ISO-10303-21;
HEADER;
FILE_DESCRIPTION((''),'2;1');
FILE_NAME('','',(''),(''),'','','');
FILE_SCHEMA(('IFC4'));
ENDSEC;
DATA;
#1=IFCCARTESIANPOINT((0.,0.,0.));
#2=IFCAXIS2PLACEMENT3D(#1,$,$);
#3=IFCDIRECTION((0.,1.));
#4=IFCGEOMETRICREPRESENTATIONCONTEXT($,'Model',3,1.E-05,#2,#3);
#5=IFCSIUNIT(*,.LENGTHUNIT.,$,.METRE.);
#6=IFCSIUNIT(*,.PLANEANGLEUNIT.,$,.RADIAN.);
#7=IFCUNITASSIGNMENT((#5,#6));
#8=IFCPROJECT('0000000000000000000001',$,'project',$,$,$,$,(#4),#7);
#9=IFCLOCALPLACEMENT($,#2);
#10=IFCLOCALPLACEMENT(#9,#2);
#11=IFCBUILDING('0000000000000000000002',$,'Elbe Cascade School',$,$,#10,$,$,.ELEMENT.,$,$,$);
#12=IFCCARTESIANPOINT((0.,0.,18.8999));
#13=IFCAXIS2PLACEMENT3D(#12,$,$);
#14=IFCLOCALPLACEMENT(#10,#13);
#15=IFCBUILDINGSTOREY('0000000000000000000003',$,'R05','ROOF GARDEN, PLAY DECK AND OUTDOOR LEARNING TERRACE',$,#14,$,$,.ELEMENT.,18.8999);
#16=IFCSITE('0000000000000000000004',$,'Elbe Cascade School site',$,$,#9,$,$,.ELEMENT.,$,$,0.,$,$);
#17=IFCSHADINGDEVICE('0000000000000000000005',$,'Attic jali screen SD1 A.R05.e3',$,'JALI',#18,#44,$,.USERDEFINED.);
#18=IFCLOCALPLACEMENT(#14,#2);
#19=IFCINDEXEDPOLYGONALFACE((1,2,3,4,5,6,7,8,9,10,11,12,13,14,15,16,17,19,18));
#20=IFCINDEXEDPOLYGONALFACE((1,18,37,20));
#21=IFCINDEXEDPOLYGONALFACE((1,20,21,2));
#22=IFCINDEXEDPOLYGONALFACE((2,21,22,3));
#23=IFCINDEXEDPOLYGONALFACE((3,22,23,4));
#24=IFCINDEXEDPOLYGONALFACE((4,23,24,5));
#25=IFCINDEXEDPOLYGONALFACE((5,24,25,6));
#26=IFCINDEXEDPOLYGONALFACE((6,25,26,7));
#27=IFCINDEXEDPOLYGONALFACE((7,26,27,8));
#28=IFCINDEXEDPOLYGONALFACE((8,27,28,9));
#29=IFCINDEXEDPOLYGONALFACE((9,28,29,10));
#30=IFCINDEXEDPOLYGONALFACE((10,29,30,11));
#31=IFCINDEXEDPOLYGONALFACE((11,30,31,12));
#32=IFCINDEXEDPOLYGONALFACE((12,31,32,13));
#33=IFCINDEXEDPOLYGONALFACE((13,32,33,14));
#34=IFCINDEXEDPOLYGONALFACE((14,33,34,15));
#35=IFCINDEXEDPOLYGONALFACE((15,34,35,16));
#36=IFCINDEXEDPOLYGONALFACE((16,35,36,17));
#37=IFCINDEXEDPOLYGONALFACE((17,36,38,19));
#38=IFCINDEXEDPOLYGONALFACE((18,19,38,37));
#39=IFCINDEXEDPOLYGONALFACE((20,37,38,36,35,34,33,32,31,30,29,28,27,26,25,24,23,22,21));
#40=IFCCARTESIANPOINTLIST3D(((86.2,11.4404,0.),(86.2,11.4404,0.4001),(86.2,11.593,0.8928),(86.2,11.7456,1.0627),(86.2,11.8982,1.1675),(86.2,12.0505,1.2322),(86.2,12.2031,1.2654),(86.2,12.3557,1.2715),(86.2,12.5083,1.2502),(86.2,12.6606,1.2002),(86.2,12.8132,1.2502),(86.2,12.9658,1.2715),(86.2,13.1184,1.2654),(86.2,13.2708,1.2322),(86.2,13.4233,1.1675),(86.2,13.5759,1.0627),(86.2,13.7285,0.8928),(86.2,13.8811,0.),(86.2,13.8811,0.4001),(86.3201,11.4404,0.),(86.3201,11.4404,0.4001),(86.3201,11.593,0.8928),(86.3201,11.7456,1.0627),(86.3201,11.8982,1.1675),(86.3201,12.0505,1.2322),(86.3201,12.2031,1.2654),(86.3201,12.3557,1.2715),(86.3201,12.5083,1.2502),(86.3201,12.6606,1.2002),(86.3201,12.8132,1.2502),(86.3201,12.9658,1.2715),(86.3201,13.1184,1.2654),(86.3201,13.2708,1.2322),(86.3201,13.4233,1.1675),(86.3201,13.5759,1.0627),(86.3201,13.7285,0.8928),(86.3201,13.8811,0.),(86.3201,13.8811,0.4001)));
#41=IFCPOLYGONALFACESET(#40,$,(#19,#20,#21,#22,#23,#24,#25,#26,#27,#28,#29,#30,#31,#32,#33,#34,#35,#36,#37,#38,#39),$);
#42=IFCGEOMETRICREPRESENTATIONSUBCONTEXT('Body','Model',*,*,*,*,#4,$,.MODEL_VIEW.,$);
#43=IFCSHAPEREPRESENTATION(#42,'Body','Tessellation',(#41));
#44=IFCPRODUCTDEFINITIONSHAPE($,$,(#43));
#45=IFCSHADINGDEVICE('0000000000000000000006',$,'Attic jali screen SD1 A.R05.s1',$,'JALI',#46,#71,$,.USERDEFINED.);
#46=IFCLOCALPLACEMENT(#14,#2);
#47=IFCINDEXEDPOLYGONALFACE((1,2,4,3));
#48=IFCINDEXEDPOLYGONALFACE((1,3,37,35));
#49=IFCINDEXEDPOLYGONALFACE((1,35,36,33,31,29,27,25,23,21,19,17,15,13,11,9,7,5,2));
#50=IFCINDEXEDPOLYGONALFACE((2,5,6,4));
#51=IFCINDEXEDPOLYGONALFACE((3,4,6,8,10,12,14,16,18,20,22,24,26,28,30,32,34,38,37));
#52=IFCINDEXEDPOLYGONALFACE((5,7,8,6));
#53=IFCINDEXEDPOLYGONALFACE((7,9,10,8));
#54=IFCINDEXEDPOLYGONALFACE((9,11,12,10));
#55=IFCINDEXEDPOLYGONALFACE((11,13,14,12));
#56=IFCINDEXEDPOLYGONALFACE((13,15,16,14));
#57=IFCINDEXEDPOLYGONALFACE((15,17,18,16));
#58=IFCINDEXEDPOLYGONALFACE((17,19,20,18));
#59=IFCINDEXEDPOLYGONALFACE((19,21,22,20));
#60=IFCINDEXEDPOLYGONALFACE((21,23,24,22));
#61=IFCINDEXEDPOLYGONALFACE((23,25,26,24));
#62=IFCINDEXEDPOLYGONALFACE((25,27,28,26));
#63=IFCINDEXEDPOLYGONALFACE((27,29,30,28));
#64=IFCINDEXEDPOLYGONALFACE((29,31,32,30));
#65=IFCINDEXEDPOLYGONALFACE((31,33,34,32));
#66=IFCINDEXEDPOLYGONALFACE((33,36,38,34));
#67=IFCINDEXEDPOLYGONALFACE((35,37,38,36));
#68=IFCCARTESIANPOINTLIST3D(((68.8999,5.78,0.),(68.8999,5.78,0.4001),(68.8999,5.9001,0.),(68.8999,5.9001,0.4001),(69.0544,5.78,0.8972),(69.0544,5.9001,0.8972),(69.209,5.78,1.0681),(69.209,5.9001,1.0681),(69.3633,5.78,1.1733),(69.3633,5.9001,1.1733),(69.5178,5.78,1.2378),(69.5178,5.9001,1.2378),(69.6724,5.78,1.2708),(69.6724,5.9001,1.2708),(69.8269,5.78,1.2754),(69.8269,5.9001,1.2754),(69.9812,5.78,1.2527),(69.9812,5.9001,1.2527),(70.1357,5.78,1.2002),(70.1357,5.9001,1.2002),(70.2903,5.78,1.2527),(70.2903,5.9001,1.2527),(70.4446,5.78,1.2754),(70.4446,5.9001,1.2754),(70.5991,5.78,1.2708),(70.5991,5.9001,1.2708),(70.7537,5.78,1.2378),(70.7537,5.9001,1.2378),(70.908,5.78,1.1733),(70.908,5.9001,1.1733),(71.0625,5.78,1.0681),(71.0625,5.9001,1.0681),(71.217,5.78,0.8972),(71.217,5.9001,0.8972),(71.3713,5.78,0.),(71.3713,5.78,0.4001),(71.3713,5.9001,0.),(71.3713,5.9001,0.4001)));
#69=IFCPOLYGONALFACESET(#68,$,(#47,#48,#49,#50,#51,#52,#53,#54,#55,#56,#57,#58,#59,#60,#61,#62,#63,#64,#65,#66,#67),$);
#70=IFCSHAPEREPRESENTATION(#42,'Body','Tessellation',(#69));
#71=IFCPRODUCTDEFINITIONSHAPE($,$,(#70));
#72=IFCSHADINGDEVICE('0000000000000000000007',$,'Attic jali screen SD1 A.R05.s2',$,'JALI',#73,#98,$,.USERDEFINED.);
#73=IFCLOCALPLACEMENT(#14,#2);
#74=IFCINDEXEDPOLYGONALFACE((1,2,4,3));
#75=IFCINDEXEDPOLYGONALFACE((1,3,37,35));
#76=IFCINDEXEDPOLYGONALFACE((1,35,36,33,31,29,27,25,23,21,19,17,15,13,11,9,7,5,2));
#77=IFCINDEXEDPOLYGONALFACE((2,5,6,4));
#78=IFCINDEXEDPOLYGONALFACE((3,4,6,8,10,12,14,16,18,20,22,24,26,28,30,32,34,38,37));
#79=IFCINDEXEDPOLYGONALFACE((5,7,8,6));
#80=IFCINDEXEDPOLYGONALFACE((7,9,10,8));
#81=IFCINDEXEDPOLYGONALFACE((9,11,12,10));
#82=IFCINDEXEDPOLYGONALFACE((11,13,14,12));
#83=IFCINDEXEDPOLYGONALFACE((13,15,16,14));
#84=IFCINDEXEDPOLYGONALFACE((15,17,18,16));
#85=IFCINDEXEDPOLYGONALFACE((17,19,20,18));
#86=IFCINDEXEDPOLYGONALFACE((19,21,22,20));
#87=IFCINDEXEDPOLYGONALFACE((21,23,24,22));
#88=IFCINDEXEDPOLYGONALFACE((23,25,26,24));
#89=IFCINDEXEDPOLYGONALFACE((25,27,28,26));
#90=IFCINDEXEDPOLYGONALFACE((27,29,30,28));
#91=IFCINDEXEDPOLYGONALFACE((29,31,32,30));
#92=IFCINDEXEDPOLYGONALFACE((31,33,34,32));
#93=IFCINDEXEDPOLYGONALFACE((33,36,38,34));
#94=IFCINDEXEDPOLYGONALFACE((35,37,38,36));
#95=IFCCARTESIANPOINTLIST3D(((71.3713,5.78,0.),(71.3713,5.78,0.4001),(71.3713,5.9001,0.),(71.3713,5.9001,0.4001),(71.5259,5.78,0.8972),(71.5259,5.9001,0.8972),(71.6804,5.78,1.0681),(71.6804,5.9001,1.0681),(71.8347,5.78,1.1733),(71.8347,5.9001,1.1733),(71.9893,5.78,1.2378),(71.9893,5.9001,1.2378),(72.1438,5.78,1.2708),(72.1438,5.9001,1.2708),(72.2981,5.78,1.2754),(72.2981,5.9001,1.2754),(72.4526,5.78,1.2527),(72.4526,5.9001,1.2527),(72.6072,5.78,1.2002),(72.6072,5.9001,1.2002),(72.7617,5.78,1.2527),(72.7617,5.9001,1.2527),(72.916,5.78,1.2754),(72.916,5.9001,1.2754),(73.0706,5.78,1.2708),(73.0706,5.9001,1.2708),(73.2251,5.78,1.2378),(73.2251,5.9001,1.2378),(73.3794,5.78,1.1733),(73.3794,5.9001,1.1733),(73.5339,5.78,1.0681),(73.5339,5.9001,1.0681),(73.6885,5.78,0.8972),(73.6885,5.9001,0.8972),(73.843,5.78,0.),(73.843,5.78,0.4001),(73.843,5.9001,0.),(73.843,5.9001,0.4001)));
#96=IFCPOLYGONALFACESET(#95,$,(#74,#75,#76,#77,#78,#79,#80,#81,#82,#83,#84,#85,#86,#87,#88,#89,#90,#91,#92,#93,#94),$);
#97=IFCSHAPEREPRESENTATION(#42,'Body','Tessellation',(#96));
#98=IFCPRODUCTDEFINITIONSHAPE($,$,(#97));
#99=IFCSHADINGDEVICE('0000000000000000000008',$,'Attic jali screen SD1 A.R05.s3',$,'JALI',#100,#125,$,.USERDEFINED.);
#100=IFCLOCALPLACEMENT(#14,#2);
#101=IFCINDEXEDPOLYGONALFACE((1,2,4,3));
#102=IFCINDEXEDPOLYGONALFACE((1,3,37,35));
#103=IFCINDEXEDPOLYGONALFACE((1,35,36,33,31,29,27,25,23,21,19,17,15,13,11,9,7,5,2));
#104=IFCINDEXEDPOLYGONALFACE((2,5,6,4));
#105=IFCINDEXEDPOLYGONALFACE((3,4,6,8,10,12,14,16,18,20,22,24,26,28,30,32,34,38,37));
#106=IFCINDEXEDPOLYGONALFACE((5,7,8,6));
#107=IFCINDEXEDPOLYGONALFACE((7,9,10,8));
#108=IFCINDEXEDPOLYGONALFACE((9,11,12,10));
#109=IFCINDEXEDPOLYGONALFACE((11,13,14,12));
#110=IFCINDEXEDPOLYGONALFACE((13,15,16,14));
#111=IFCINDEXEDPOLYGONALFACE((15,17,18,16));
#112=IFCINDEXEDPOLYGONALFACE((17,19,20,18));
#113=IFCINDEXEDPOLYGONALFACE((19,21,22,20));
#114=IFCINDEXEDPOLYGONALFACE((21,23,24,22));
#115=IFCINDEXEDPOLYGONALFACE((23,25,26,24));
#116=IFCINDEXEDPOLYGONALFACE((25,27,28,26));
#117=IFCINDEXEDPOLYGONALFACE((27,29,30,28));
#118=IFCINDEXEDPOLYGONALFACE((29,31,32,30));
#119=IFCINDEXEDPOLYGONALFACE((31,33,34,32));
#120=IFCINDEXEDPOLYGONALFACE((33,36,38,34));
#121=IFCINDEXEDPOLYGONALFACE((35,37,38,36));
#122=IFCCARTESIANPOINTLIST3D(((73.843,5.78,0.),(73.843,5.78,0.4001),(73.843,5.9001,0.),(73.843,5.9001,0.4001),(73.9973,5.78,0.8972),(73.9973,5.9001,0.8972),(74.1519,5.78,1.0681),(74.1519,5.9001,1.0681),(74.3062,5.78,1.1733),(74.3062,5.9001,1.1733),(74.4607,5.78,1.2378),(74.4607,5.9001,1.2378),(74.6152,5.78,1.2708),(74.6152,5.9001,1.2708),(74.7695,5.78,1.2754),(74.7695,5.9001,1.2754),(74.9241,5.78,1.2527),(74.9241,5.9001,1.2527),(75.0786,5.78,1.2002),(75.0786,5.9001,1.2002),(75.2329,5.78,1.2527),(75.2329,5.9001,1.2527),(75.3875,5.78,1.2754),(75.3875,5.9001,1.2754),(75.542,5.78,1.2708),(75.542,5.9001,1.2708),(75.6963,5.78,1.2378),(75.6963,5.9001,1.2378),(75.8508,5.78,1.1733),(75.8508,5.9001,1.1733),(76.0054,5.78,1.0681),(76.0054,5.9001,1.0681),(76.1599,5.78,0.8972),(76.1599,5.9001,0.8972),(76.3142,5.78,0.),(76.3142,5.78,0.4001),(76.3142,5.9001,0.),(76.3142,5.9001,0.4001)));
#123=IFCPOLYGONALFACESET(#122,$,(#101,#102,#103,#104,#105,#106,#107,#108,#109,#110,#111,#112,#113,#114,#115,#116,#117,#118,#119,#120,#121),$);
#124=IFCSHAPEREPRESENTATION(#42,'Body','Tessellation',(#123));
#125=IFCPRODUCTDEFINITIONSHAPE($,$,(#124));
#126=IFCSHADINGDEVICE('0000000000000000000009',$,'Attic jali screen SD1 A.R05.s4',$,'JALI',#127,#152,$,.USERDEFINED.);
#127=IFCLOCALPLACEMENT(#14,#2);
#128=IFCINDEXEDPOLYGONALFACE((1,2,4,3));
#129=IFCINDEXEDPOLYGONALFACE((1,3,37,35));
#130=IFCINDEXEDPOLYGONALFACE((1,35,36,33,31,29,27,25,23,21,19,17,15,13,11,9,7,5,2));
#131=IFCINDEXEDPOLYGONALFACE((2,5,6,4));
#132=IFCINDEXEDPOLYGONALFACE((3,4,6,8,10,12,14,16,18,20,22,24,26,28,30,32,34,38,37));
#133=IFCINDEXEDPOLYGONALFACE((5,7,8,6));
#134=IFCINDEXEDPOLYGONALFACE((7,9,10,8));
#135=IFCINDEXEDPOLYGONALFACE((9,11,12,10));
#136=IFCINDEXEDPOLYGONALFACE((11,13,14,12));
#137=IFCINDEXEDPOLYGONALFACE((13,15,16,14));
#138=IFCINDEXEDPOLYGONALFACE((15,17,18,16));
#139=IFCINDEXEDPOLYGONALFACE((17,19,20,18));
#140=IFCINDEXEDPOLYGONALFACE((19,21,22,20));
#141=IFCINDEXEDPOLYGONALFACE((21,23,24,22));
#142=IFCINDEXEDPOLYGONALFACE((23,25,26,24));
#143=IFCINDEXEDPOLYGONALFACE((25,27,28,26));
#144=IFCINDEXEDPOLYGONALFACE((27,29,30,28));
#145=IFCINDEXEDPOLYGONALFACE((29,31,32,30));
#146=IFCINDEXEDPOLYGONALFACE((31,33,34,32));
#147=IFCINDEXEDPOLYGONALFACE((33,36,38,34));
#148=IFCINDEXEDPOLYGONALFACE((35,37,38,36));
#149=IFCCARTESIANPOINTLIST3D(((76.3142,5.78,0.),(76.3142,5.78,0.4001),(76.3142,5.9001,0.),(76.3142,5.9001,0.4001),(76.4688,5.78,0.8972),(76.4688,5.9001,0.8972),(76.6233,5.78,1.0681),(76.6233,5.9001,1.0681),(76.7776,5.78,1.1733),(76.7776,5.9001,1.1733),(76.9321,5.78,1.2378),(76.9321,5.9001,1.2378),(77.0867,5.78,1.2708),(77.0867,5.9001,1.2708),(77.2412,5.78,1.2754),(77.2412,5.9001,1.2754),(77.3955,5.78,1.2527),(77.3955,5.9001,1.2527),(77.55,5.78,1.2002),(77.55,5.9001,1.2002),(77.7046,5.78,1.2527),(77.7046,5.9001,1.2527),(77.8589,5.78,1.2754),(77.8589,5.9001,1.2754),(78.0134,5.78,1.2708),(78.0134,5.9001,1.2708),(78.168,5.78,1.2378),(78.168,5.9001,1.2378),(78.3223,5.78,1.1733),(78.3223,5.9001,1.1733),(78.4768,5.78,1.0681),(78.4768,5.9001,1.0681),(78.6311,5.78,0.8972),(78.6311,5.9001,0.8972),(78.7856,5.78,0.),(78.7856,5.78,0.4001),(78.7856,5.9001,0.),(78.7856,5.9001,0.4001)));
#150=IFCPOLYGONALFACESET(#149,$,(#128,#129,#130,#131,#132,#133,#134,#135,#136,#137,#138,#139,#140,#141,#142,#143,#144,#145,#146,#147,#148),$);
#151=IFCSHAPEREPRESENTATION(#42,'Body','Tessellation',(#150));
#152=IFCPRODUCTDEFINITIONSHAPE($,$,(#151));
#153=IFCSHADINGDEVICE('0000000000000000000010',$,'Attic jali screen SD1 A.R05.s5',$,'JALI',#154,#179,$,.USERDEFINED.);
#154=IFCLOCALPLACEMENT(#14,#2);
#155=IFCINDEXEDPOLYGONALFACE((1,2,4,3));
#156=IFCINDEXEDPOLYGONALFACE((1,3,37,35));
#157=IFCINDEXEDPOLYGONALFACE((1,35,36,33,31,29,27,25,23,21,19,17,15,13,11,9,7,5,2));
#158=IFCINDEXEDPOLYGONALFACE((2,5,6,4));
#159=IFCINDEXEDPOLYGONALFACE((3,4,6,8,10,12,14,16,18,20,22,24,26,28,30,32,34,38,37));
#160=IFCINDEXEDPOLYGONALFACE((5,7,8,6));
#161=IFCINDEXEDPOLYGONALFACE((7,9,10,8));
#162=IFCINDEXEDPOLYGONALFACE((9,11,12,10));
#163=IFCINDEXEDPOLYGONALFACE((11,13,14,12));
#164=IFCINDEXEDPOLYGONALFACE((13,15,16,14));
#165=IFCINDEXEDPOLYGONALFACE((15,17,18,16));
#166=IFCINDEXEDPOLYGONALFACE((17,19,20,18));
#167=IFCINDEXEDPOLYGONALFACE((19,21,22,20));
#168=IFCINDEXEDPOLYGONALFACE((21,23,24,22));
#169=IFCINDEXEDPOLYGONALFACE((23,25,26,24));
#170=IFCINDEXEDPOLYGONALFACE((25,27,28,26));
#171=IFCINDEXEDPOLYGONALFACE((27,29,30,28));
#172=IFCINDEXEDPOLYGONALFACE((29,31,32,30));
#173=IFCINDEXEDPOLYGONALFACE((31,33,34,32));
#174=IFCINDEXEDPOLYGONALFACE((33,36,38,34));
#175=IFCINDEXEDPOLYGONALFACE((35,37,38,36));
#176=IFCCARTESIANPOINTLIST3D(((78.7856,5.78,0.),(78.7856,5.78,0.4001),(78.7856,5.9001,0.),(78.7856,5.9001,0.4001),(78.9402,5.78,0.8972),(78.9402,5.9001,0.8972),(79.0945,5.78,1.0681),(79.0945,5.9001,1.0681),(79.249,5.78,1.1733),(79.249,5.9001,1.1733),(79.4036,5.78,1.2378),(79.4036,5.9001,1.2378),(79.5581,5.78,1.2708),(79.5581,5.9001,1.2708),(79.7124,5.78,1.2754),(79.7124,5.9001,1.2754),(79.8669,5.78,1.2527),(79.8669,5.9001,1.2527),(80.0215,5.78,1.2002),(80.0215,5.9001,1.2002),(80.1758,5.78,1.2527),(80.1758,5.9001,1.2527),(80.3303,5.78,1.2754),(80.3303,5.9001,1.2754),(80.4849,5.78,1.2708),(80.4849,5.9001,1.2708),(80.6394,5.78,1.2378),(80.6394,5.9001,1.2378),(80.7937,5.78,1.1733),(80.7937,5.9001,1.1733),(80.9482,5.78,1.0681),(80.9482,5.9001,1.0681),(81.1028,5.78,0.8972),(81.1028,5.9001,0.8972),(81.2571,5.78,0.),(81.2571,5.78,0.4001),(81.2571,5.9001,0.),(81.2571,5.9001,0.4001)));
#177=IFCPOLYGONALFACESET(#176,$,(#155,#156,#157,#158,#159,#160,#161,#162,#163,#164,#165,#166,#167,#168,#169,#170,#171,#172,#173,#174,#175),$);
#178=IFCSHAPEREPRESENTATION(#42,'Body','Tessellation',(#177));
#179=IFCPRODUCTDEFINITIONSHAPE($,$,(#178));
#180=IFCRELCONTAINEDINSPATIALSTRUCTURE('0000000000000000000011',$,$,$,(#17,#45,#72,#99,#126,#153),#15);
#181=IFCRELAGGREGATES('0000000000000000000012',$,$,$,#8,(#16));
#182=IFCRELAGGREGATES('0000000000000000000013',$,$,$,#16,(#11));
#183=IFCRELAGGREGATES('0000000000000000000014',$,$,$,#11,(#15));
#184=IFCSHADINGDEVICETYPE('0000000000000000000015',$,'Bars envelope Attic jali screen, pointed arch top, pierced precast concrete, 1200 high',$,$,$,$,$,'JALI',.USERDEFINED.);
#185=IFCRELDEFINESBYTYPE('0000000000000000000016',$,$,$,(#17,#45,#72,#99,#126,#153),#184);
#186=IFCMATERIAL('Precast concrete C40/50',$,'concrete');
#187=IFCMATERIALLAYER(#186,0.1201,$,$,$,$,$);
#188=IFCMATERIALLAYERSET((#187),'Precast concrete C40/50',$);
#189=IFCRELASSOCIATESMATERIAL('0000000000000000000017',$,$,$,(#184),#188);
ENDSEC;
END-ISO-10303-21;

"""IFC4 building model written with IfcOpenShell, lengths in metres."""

from ifc_helpers import new_model, si_unit, direction, frame, origin, place, context, subcontext, project, spatial, polyline, outline, extrude, material, layer, layer_set, type_object, element, save


model = new_model("IFC4")

# Units and contexts
model_context = context("Model", 3, precision=1e-05, world=origin(), true_north=direction((0.0, 1.0)))
body_context = subcontext(model_context, "Body", "Model", "MODEL_VIEW")
ifc_project = project(units=[si_unit("LENGTHUNIT", "METRE"), si_unit("PLANEANGLEUNIT", "RADIAN")], contexts=[model_context])

# Site, building, storey
site_placement = place(None, origin())
site = spatial("IfcSite", under=ifc_project, at=site_placement, Name="Elbe Cascade School site", CompositionType="ELEMENT", RefElevation=0.0)
building_placement = place(site_placement, origin())
building = spatial("IfcBuilding", under=site, at=building_placement, Name="Elbe Cascade School", CompositionType="ELEMENT")
storey_placement = place(building_placement, frame((0.0, 0.0, 18.8999)))
storey = spatial("IfcBuildingStorey", under=building, at=storey_placement, Name="R05", Description="ROOF GARDEN, PLAY DECK AND OUTDOOR LEARNING TERRACE", CompositionType="ELEMENT", Elevation=18.8999)

# Shading devices
ifc_material_1 = material(Name="Precast concrete C40/50", Category="concrete")
ifc_layer_1 = layer(ifc_material_1, 0.1201)
ifc_layer_set_1 = layer_set([ifc_layer_1], Name="Precast concrete C40/50")
shading_device_type = type_object("IfcShadingDeviceType", Name="Bars envelope Attic jali screen, pointed arch top, pierced precast concrete, 1200 high", ElementType="JALI", PredefinedType="USERDEFINED", material=ifc_layer_set_1)
shading_device_1_placement = place(storey_placement, frame((86.3201, 11.4404, 0.0), z_axis=(1.0, 0.0, 0.0), x_axis=(0.0, 1.0, 0.0)))
element("IfcShadingDevice", 1, at=shading_device_1_placement, inside=storey, type_object=shading_device_type, Name="Attic jali screen SD1 A.R05.e3", ObjectType="JALI", PredefinedType="USERDEFINED", context=body_context, shape_type="SweptSolid", body=[
    extrude(outline(polyline([(0.0, 0.0), (2.4407, 0.0), (2.4407, 0.4001), (2.2881, 0.8928), (2.1355, 1.0627), (1.9829, 1.1675), (1.8303, 1.2322), (1.678, 1.2654), (1.5254, 1.2715), (1.3728, 1.2502), (1.2202, 1.2002), (1.0679, 1.2502), (0.9153, 1.2715), (0.7627, 1.2654), (0.6101, 1.2322), (0.4578, 1.1675), (0.3052, 1.0627), (0.1526, 0.8928), (0.0, 0.4001), (0.0, 0.0)])), origin(), (0.0, 0.0, -1.0), 0.1201),
])
shading_device_2_placement = place(storey_placement, frame((68.8999, 5.78, 0.0), z_axis=(0.0, -1.0, 0.0), x_axis=(1.0, 0.0, 0.0)))
element("IfcShadingDevice", 2, at=shading_device_2_placement, inside=storey, type_object=shading_device_type, Name="Attic jali screen SD1 A.R05.s1", ObjectType="JALI", PredefinedType="USERDEFINED", context=body_context, shape_type="SweptSolid", body=[
    extrude(outline(polyline([(0.0, 0.0), (2.4714, 0.0), (2.4714, 0.4001), (2.3171, 0.8972), (2.1626, 1.0681), (2.0081, 1.1733), (1.8538, 1.2378), (1.6992, 1.2708), (1.5447, 1.2754), (1.3904, 1.2527), (1.2358, 1.2002), (1.0813, 1.2527), (0.927, 1.2754), (0.7725, 1.2708), (0.6179, 1.2378), (0.4634, 1.1733), (0.3091, 1.0681), (0.1545, 0.8972), (0.0, 0.4001), (0.0, 0.0)])), origin(), (0.0, 0.0, -1.0), 0.1201),
])
shading_device_3_placement = place(storey_placement, frame((71.3713, 5.78, 0.0), z_axis=(0.0, -1.0, 0.0), x_axis=(1.0, 0.0, 0.0)))
element("IfcShadingDevice", 3, at=shading_device_3_placement, inside=storey, type_object=shading_device_type, Name="Attic jali screen SD1 A.R05.s2", ObjectType="JALI", PredefinedType="USERDEFINED", context=body_context, shape_type="SweptSolid", body=[
    extrude(outline(polyline([(0.0, 0.0), (2.4717, 0.0), (2.4717, 0.4001), (2.3171, 0.8972), (2.1626, 1.0681), (2.0081, 1.1733), (1.8538, 1.2378), (1.6992, 1.2708), (1.5447, 1.2754), (1.3904, 1.2527), (1.2358, 1.2002), (1.0813, 1.2527), (0.9268, 1.2754), (0.7725, 1.2708), (0.6179, 1.2378), (0.4634, 1.1733), (0.3091, 1.0681), (0.1545, 0.8972), (0.0, 0.4001), (0.0, 0.0)])), origin(), (0.0, 0.0, -1.0), 0.1201),
])
shading_device_4_placement = place(storey_placement, frame((73.843, 5.78, 0.0), z_axis=(0.0, -1.0, 0.0), x_axis=(1.0, 0.0, 0.0)))
element("IfcShadingDevice", 4, at=shading_device_4_placement, inside=storey, type_object=shading_device_type, Name="Attic jali screen SD1 A.R05.s3", ObjectType="JALI", PredefinedType="USERDEFINED", context=body_context, shape_type="SweptSolid", body=[
    extrude(outline(polyline([(0.0, 0.0), (2.4712, 0.0), (2.4712, 0.4001), (2.3169, 0.8972), (2.1624, 1.0681), (2.0078, 1.1733), (1.8533, 1.2378), (1.699, 1.2708), (1.5444, 1.2754), (1.3899, 1.2527), (1.2356, 1.2002), (1.0811, 1.2527), (0.9265, 1.2754), (0.7722, 1.2708), (0.6177, 1.2378), (0.4631, 1.1733), (0.3088, 1.0681), (0.1543, 0.8972), (0.0, 0.4001), (0.0, 0.0)])), origin(), (0.0, 0.0, -1.0), 0.1201),
])
shading_device_5_placement = place(storey_placement, frame((76.3142, 5.78, 0.0), z_axis=(0.0, -1.0, 0.0), x_axis=(1.0, 0.0, 0.0)))
element("IfcShadingDevice", 5, at=shading_device_5_placement, inside=storey, type_object=shading_device_type, Name="Attic jali screen SD1 A.R05.s4", ObjectType="JALI", PredefinedType="USERDEFINED", context=body_context, shape_type="SweptSolid", body=[
    extrude(outline(polyline([(0.0, 0.0), (2.4714, 0.0), (2.4714, 0.4001), (2.3169, 0.8972), (2.1626, 1.0681), (2.0081, 1.1733), (1.8538, 1.2378), (1.6992, 1.2708), (1.5447, 1.2754), (1.3904, 1.2527), (1.2358, 1.2002), (1.0813, 1.2527), (0.927, 1.2754), (0.7725, 1.2708), (0.6179, 1.2378), (0.4634, 1.1733), (0.3091, 1.0681), (0.1545, 0.8972), (0.0, 0.4001), (0.0, 0.0)])), origin(), (0.0, 0.0, -1.0), 0.1201),
])
shading_device_6_placement = place(storey_placement, frame((78.7856, 5.78, 0.0), z_axis=(0.0, -1.0, 0.0), x_axis=(1.0, 0.0, 0.0)))
element("IfcShadingDevice", 6, at=shading_device_6_placement, inside=storey, type_object=shading_device_type, Name="Attic jali screen SD1 A.R05.s5", ObjectType="JALI", PredefinedType="USERDEFINED", context=body_context, shape_type="SweptSolid", body=[
    extrude(outline(polyline([(0.0, 0.0), (2.4714, 0.0), (2.4714, 0.4001), (2.3171, 0.8972), (2.1626, 1.0681), (2.0081, 1.1733), (1.8538, 1.2378), (1.6992, 1.2708), (1.5447, 1.2754), (1.3901, 1.2527), (1.2358, 1.2002), (1.0813, 1.2527), (0.9268, 1.2754), (0.7725, 1.2708), (0.6179, 1.2378), (0.4634, 1.1733), (0.3088, 1.0681), (0.1545, 0.8972), (0.0, 0.4001), (0.0, 0.0)])), origin(), (0.0, 0.0, -1.0), 0.1201),
])

save(model, "model.ifc")
